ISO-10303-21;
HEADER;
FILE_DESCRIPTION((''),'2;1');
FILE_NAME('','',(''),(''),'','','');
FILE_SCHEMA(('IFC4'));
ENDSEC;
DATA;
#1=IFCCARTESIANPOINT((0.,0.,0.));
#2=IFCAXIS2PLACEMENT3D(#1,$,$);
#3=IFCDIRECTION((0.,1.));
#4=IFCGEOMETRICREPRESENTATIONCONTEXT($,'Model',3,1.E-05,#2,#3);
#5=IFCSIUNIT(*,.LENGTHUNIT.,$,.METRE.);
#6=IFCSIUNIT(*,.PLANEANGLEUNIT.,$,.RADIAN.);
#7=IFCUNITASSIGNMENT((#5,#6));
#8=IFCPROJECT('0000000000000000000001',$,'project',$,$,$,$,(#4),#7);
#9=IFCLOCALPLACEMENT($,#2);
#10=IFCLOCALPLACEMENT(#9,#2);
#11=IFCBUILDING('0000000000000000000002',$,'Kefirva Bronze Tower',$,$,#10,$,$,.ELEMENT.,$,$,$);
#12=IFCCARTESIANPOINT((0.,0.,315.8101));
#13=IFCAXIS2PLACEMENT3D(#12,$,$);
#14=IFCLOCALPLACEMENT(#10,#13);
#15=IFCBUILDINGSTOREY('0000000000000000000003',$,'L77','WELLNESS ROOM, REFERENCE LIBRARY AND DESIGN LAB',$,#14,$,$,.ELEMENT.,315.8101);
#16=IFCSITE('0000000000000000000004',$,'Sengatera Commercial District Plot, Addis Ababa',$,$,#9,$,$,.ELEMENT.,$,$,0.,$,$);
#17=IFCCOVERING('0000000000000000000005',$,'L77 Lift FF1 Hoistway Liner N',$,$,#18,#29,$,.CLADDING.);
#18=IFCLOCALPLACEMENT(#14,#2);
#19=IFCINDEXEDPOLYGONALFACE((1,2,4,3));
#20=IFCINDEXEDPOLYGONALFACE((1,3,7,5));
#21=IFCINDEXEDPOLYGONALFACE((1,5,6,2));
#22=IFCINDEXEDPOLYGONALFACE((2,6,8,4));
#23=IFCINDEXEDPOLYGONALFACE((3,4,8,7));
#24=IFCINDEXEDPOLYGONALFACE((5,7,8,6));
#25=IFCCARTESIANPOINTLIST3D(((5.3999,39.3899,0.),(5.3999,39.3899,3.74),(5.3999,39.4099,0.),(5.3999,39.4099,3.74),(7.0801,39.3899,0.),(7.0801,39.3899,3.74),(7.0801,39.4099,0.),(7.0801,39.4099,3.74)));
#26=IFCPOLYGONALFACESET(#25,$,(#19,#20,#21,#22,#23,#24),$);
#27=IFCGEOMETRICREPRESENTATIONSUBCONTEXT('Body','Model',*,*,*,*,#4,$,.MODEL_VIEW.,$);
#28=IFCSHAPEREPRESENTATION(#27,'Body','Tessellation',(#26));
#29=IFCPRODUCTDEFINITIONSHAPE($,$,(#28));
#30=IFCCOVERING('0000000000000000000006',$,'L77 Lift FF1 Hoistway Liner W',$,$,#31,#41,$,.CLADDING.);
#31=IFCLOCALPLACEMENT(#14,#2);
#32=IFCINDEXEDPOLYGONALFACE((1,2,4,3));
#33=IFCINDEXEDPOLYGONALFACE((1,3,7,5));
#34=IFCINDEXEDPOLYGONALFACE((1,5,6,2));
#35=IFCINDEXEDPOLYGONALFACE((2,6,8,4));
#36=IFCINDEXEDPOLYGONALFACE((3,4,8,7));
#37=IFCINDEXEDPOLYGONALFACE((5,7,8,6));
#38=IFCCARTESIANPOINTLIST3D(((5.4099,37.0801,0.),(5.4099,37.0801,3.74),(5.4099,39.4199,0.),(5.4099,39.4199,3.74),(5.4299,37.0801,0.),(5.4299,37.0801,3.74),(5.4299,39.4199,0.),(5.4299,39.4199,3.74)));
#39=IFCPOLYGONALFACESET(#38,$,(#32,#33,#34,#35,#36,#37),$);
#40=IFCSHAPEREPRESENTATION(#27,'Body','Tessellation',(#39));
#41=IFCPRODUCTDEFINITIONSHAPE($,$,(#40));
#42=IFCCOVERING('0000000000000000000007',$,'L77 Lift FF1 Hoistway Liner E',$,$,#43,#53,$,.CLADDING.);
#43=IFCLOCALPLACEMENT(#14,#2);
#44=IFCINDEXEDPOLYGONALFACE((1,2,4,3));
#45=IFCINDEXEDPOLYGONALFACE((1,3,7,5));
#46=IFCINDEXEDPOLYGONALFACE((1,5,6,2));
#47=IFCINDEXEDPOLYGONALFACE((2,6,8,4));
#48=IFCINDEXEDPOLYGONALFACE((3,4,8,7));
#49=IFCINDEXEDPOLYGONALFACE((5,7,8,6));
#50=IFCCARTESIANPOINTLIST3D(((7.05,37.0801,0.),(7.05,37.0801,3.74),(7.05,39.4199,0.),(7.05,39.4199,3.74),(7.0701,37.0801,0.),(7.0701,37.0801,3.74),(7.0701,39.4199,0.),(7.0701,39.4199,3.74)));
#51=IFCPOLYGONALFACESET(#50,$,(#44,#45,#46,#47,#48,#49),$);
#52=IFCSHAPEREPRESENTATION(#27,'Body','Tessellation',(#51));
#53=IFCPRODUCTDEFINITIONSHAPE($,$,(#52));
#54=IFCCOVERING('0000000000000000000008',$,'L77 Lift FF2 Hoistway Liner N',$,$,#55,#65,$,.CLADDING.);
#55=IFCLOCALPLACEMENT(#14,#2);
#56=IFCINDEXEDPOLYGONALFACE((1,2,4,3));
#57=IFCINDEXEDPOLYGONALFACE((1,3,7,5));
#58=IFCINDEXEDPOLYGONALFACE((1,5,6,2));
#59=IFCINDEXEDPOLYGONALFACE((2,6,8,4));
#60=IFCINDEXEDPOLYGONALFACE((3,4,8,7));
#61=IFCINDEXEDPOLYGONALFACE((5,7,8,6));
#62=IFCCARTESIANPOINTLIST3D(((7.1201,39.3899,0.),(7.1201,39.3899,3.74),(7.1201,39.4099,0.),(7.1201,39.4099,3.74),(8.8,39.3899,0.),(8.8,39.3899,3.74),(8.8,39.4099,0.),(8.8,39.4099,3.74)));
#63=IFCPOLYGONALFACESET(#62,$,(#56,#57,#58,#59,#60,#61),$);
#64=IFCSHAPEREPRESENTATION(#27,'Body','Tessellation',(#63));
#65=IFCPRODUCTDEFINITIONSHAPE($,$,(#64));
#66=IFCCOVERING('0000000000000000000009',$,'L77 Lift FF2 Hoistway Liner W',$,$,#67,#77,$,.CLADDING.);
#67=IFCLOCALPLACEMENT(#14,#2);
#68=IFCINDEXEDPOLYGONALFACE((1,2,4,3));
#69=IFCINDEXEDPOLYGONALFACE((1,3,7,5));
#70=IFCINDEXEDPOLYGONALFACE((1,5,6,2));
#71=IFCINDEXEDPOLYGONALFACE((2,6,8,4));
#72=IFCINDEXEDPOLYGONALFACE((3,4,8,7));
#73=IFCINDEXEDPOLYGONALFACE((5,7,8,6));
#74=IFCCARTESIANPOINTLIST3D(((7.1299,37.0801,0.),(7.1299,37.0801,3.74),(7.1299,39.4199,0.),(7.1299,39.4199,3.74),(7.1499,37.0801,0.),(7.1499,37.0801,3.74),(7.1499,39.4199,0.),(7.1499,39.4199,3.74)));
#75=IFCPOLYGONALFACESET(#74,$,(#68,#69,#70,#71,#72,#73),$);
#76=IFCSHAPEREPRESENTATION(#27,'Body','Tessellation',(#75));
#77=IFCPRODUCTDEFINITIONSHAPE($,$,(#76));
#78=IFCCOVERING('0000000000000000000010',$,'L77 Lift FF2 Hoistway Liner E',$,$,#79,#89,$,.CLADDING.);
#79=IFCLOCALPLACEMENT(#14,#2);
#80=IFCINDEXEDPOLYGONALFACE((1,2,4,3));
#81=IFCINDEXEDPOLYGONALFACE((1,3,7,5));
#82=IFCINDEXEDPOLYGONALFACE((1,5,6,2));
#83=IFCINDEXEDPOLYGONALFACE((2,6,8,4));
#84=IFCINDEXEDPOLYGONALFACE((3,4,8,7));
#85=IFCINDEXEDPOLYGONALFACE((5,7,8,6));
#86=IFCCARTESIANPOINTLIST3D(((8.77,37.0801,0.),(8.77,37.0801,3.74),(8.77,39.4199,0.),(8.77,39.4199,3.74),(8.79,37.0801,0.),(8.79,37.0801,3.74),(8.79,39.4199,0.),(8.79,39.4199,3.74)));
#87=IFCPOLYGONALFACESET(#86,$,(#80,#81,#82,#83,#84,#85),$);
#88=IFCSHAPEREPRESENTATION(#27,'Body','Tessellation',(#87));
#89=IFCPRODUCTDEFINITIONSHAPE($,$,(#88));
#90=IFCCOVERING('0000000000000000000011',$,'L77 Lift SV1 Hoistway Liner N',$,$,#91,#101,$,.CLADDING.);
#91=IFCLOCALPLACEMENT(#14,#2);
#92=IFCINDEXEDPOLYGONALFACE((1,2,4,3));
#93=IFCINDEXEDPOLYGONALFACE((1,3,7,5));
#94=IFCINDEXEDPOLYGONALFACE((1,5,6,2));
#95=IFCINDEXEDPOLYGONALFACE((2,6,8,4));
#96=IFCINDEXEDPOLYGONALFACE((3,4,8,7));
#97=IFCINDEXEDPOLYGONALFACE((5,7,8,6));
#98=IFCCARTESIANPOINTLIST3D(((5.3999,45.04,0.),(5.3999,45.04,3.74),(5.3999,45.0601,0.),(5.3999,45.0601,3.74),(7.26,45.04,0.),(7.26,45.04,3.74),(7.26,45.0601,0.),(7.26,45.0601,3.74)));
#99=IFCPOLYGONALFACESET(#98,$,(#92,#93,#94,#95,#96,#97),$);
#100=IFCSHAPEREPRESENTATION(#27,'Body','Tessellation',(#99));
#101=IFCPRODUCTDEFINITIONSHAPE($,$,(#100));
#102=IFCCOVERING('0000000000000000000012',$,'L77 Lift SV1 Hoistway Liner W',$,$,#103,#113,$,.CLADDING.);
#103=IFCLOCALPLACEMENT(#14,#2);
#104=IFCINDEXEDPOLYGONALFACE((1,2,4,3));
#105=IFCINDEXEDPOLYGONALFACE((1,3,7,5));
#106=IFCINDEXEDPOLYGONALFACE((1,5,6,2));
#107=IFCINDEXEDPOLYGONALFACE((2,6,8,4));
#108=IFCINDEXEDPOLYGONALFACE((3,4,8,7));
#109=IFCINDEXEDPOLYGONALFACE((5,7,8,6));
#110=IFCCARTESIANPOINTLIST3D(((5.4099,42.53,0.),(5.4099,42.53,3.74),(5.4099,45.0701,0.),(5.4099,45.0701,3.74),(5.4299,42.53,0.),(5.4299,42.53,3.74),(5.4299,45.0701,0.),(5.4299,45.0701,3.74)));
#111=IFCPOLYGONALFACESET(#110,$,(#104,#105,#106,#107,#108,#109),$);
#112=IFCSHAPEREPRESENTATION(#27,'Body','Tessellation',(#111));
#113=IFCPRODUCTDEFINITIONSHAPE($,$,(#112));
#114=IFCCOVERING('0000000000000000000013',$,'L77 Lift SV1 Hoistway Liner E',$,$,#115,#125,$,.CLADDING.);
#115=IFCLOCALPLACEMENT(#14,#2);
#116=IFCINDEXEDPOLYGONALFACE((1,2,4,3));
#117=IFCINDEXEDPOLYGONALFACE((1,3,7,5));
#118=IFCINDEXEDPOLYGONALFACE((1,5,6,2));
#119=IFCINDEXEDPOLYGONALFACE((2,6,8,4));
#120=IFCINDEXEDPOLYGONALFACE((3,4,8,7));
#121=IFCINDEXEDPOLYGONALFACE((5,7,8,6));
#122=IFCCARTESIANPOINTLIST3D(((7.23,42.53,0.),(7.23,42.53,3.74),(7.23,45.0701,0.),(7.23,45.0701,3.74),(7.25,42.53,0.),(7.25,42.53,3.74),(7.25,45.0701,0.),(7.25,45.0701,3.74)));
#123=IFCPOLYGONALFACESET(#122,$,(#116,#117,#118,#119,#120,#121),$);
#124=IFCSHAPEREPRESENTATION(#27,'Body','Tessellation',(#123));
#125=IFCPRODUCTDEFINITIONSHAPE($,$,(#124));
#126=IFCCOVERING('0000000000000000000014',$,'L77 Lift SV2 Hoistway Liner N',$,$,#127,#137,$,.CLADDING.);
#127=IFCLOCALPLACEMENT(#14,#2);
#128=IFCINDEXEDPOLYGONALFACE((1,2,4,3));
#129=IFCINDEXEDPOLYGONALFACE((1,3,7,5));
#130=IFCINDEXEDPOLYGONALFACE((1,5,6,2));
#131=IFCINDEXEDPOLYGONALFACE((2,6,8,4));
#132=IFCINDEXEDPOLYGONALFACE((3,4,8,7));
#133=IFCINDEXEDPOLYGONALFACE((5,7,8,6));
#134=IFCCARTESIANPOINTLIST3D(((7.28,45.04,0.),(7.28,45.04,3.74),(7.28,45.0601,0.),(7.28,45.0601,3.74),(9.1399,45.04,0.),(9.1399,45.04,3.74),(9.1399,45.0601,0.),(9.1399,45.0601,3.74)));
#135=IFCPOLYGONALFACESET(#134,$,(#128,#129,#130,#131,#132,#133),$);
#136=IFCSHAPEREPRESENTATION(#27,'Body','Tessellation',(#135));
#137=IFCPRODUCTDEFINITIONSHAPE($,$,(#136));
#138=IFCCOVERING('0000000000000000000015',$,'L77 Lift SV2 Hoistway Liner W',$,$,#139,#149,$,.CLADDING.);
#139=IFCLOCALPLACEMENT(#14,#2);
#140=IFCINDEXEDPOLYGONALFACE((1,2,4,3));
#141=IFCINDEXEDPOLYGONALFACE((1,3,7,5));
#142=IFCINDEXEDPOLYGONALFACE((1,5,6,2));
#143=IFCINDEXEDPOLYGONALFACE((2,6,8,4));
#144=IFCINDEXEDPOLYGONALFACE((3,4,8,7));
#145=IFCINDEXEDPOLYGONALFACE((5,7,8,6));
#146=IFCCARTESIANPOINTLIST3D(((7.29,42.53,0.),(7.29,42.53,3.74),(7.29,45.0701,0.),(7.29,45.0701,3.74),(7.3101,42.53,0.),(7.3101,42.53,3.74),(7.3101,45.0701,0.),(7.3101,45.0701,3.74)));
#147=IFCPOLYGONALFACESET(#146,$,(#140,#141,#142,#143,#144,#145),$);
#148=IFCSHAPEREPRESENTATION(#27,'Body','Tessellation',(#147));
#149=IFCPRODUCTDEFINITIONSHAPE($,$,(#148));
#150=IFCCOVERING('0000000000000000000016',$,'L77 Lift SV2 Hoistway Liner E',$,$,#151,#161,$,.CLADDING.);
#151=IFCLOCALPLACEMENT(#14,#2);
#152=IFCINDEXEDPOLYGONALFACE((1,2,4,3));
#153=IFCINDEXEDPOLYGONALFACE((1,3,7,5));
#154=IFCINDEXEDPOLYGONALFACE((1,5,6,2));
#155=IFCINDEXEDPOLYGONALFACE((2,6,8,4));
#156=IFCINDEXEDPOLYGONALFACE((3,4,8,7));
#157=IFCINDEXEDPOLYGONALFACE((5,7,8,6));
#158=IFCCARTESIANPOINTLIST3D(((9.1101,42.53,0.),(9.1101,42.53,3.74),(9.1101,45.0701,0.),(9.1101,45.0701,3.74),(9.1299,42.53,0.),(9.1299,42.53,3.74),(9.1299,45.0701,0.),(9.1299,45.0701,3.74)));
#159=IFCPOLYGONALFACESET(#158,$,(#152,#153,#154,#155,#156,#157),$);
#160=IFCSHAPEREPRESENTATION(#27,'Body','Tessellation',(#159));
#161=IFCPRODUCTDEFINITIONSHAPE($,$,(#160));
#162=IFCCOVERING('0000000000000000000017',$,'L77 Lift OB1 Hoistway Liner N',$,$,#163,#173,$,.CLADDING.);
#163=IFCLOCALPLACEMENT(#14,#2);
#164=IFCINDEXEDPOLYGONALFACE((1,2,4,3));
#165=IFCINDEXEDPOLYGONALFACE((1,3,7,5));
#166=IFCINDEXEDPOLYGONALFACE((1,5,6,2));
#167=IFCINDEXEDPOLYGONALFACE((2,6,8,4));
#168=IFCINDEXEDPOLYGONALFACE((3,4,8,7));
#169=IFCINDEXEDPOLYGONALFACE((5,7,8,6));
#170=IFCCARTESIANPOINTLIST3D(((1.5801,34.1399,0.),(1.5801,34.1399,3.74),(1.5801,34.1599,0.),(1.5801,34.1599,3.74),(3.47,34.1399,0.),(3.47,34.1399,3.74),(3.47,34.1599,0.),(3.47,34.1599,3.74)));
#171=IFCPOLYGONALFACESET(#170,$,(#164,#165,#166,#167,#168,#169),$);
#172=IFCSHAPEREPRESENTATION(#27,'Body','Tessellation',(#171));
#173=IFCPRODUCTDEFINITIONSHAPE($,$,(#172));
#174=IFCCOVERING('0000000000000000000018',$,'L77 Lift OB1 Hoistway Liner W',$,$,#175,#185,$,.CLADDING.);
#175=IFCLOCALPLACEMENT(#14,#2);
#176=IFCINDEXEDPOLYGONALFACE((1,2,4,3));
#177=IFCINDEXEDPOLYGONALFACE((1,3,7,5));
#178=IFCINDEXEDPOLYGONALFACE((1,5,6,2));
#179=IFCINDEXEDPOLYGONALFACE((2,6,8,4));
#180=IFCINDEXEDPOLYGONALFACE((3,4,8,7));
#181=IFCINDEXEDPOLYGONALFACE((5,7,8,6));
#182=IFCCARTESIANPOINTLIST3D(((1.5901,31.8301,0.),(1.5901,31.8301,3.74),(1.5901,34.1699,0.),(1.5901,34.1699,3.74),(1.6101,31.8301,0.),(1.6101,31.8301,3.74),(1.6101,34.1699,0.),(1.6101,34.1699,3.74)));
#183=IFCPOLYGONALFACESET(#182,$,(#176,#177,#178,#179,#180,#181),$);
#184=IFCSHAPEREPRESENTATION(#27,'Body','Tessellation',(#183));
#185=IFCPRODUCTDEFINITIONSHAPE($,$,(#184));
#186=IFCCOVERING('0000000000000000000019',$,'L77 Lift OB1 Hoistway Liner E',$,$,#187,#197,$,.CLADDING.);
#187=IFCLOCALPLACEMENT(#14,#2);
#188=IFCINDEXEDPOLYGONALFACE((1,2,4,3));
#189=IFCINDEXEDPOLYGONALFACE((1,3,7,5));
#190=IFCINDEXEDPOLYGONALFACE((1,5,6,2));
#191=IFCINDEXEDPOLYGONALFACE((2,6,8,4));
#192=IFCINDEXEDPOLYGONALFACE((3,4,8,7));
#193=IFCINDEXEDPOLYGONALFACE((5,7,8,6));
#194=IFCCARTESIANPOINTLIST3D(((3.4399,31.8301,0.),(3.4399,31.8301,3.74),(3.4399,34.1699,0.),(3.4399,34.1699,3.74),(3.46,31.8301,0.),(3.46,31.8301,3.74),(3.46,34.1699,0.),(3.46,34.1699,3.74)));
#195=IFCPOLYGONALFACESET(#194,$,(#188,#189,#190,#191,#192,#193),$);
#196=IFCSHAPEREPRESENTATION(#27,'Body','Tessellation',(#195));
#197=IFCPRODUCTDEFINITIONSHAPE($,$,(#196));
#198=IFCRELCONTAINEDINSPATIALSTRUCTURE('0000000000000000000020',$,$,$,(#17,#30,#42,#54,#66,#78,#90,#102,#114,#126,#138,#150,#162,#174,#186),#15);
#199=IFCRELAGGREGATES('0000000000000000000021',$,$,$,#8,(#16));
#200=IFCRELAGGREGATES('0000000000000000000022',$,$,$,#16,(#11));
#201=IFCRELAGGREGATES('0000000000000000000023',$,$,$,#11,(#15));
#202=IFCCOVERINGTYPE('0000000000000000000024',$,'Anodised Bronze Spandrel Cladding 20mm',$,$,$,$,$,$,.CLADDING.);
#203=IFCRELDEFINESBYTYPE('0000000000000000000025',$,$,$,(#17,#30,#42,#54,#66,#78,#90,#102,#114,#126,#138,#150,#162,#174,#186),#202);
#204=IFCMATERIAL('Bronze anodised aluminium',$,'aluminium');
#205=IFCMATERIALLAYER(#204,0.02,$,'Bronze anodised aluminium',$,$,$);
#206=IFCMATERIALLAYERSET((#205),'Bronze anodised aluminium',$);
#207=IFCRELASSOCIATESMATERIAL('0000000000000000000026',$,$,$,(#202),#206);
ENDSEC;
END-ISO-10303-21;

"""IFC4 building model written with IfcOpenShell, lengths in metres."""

from ifc_helpers import new_model, si_unit, direction, frame, origin, place, context, subcontext, project, spatial, polyline, outline, extrude, material, layer, layer_set, type_object, element, save


model = new_model("IFC4")

# Units and contexts
model_context = context("Model", 3, precision=1e-05, world=origin(), true_north=direction((0.0, 1.0)))
body_context = subcontext(model_context, "Body", "Model", "MODEL_VIEW")
ifc_project = project(units=[si_unit("LENGTHUNIT", "METRE"), si_unit("PLANEANGLEUNIT", "RADIAN")], contexts=[model_context])

# Site, building, storey
site_placement = place(None, origin())
site = spatial("IfcSite", under=ifc_project, at=site_placement, Name="Sengatera Commercial District Plot, Addis Ababa", CompositionType="ELEMENT", RefElevation=0.0)
building_placement = place(site_placement, origin())
building = spatial("IfcBuilding", under=site, at=building_placement, Name="Kefirva Bronze Tower", CompositionType="ELEMENT")
storey_placement = place(building_placement, frame((0.0, 0.0, 315.8101)))
storey = spatial("IfcBuildingStorey", under=building, at=storey_placement, Name="L77", Description="WELLNESS ROOM, REFERENCE LIBRARY AND DESIGN LAB", CompositionType="ELEMENT", Elevation=315.8101)

# Shared definitions
ifc_material_1 = material(Name="Bronze anodised aluminium", Category="aluminium")

# Coverings
ifc_layer_1 = layer(ifc_material_1, 0.02, Name="Bronze anodised aluminium")
ifc_layer_set_1 = layer_set([ifc_layer_1], Name="Bronze anodised aluminium")
covering_type_1 = type_object("IfcCoveringType", Name="Anodised Bronze Spandrel Cladding 20mm", PredefinedType="CLADDING", material=ifc_layer_set_1)
covering_1_placement = place(storey_placement, origin())
element("IfcCovering", 1, at=covering_1_placement, inside=storey, type_object=covering_type_1, Name="L77 Lift FF1 Hoistway Liner N", PredefinedType="CLADDING", context=body_context, shape_type="SweptSolid", body=[
    extrude(outline(polyline([(5.3999, 39.3899), (7.0801, 39.3899), (7.0801, 39.4099), (5.3999, 39.4099), (5.3999, 39.3899)])), origin(), (0.0, 0.0, 1.0), 3.74),
])
covering_2_placement = place(storey_placement, origin())
element("IfcCovering", 2, at=covering_2_placement, inside=storey, type_object=covering_type_1, Name="L77 Lift FF1 Hoistway Liner W", PredefinedType="CLADDING", context=body_context, shape_type="SweptSolid", body=[
    extrude(outline(polyline([(5.4099, 37.0801), (5.4299, 37.0801), (5.4299, 39.4199), (5.4099, 39.4199), (5.4099, 37.0801)])), origin(), (0.0, 0.0, 1.0), 3.74),
])
covering_3_placement = place(storey_placement, origin())
element("IfcCovering", 3, at=covering_3_placement, inside=storey, type_object=covering_type_1, Name="L77 Lift FF1 Hoistway Liner E", PredefinedType="CLADDING", context=body_context, shape_type="SweptSolid", body=[
    extrude(outline(polyline([(7.05, 37.0801), (7.0701, 37.0801), (7.0701, 39.4199), (7.05, 39.4199), (7.05, 37.0801)])), origin(), (0.0, 0.0, 1.0), 3.74),
])
covering_4_placement = place(storey_placement, origin())
element("IfcCovering", 4, at=covering_4_placement, inside=storey, type_object=covering_type_1, Name="L77 Lift FF2 Hoistway Liner N", PredefinedType="CLADDING", context=body_context, shape_type="SweptSolid", body=[
    extrude(outline(polyline([(7.1201, 39.3899), (8.8, 39.3899), (8.8, 39.4099), (7.1201, 39.4099), (7.1201, 39.3899)])), origin(), (0.0, 0.0, 1.0), 3.74),
])
covering_5_placement = place(storey_placement, origin())
element("IfcCovering", 5, at=covering_5_placement, inside=storey, type_object=covering_type_1, Name="L77 Lift FF2 Hoistway Liner W", PredefinedType="CLADDING", context=body_context, shape_type="SweptSolid", body=[
    extrude(outline(polyline([(7.1299, 37.0801), (7.1499, 37.0801), (7.1499, 39.4199), (7.1299, 39.4199), (7.1299, 37.0801)])), origin(), (0.0, 0.0, 1.0), 3.74),
])
covering_6_placement = place(storey_placement, origin())
element("IfcCovering", 6, at=covering_6_placement, inside=storey, type_object=covering_type_1, Name="L77 Lift FF2 Hoistway Liner E", PredefinedType="CLADDING", context=body_context, shape_type="SweptSolid", body=[
    extrude(outline(polyline([(8.77, 37.0801), (8.79, 37.0801), (8.79, 39.4199), (8.77, 39.4199), (8.77, 37.0801)])), origin(), (0.0, 0.0, 1.0), 3.74),
])
covering_7_placement = place(storey_placement, origin())
element("IfcCovering", 7, at=covering_7_placement, inside=storey, type_object=covering_type_1, Name="L77 Lift SV1 Hoistway Liner N", PredefinedType="CLADDING", context=body_context, shape_type="SweptSolid", body=[
    extrude(outline(polyline([(5.3999, 45.04), (7.26, 45.04), (7.26, 45.0601), (5.3999, 45.0601), (5.3999, 45.04)])), origin(), (0.0, 0.0, 1.0), 3.74),
])
covering_8_placement = place(storey_placement, origin())
element("IfcCovering", 8, at=covering_8_placement, inside=storey, type_object=covering_type_1, Name="L77 Lift SV1 Hoistway Liner W", PredefinedType="CLADDING", context=body_context, shape_type="SweptSolid", body=[
    extrude(outline(polyline([(5.4099, 42.53), (5.4299, 42.53), (5.4299, 45.0701), (5.4099, 45.0701), (5.4099, 42.53)])), origin(), (0.0, 0.0, 1.0), 3.74),
])
covering_9_placement = place(storey_placement, origin())
element("IfcCovering", 9, at=covering_9_placement, inside=storey, type_object=covering_type_1, Name="L77 Lift SV1 Hoistway Liner E", PredefinedType="CLADDING", context=body_context, shape_type="SweptSolid", body=[
    extrude(outline(polyline([(7.23, 42.53), (7.25, 42.53), (7.25, 45.0701), (7.23, 45.0701), (7.23, 42.53)])), origin(), (0.0, 0.0, 1.0), 3.74),
])
covering_10_placement = place(storey_placement, origin())
element("IfcCovering", 10, at=covering_10_placement, inside=storey, type_object=covering_type_1, Name="L77 Lift SV2 Hoistway Liner N", PredefinedType="CLADDING", context=body_context, shape_type="SweptSolid", body=[
    extrude(outline(polyline([(7.28, 45.04), (9.1399, 45.04), (9.1399, 45.0601), (7.28, 45.0601), (7.28, 45.04)])), origin(), (0.0, 0.0, 1.0), 3.74),
])
covering_11_placement = place(storey_placement, origin())
element("IfcCovering", 11, at=covering_11_placement, inside=storey, type_object=covering_type_1, Name="L77 Lift SV2 Hoistway Liner W", PredefinedType="CLADDING", context=body_context, shape_type="SweptSolid", body=[
    extrude(outline(polyline([(7.29, 42.53), (7.3101, 42.53), (7.3101, 45.0701), (7.29, 45.0701), (7.29, 42.53)])), origin(), (0.0, 0.0, 1.0), 3.74),
])
covering_12_placement = place(storey_placement, origin())
element("IfcCovering", 12, at=covering_12_placement, inside=storey, type_object=covering_type_1, Name="L77 Lift SV2 Hoistway Liner E", PredefinedType="CLADDING", context=body_context, shape_type="SweptSolid", body=[
    extrude(outline(polyline([(9.1101, 42.53), (9.1299, 42.53), (9.1299, 45.0701), (9.1101, 45.0701), (9.1101, 42.53)])), origin(), (0.0, 0.0, 1.0), 3.74),
])
covering_13_placement = place(storey_placement, origin())
element("IfcCovering", 13, at=covering_13_placement, inside=storey, type_object=covering_type_1, Name="L77 Lift OB1 Hoistway Liner N", PredefinedType="CLADDING", context=body_context, shape_type="SweptSolid", body=[
    extrude(outline(polyline([(1.5801, 34.1399), (3.47, 34.1399), (3.47, 34.1599), (1.5801, 34.1599), (1.5801, 34.1399)])), origin(), (0.0, 0.0, 1.0), 3.74),
])
covering_14_placement = place(storey_placement, origin())
element("IfcCovering", 14, at=covering_14_placement, inside=storey, type_object=covering_type_1, Name="L77 Lift OB1 Hoistway Liner W", PredefinedType="CLADDING", context=body_context, shape_type="SweptSolid", body=[
    extrude(outline(polyline([(1.5901, 31.8301), (1.6101, 31.8301), (1.6101, 34.1699), (1.5901, 34.1699), (1.5901, 31.8301)])), origin(), (0.0, 0.0, 1.0), 3.74),
])
covering_15_placement = place(storey_placement, origin())
element("IfcCovering", 15, at=covering_15_placement, inside=storey, type_object=covering_type_1, Name="L77 Lift OB1 Hoistway Liner E", PredefinedType="CLADDING", context=body_context, shape_type="SweptSolid", body=[
    extrude(outline(polyline([(3.4399, 31.8301), (3.46, 31.8301), (3.46, 34.1699), (3.4399, 34.1699), (3.4399, 31.8301)])), origin(), (0.0, 0.0, 1.0), 3.74),
])

save(model, "model.ifc")
